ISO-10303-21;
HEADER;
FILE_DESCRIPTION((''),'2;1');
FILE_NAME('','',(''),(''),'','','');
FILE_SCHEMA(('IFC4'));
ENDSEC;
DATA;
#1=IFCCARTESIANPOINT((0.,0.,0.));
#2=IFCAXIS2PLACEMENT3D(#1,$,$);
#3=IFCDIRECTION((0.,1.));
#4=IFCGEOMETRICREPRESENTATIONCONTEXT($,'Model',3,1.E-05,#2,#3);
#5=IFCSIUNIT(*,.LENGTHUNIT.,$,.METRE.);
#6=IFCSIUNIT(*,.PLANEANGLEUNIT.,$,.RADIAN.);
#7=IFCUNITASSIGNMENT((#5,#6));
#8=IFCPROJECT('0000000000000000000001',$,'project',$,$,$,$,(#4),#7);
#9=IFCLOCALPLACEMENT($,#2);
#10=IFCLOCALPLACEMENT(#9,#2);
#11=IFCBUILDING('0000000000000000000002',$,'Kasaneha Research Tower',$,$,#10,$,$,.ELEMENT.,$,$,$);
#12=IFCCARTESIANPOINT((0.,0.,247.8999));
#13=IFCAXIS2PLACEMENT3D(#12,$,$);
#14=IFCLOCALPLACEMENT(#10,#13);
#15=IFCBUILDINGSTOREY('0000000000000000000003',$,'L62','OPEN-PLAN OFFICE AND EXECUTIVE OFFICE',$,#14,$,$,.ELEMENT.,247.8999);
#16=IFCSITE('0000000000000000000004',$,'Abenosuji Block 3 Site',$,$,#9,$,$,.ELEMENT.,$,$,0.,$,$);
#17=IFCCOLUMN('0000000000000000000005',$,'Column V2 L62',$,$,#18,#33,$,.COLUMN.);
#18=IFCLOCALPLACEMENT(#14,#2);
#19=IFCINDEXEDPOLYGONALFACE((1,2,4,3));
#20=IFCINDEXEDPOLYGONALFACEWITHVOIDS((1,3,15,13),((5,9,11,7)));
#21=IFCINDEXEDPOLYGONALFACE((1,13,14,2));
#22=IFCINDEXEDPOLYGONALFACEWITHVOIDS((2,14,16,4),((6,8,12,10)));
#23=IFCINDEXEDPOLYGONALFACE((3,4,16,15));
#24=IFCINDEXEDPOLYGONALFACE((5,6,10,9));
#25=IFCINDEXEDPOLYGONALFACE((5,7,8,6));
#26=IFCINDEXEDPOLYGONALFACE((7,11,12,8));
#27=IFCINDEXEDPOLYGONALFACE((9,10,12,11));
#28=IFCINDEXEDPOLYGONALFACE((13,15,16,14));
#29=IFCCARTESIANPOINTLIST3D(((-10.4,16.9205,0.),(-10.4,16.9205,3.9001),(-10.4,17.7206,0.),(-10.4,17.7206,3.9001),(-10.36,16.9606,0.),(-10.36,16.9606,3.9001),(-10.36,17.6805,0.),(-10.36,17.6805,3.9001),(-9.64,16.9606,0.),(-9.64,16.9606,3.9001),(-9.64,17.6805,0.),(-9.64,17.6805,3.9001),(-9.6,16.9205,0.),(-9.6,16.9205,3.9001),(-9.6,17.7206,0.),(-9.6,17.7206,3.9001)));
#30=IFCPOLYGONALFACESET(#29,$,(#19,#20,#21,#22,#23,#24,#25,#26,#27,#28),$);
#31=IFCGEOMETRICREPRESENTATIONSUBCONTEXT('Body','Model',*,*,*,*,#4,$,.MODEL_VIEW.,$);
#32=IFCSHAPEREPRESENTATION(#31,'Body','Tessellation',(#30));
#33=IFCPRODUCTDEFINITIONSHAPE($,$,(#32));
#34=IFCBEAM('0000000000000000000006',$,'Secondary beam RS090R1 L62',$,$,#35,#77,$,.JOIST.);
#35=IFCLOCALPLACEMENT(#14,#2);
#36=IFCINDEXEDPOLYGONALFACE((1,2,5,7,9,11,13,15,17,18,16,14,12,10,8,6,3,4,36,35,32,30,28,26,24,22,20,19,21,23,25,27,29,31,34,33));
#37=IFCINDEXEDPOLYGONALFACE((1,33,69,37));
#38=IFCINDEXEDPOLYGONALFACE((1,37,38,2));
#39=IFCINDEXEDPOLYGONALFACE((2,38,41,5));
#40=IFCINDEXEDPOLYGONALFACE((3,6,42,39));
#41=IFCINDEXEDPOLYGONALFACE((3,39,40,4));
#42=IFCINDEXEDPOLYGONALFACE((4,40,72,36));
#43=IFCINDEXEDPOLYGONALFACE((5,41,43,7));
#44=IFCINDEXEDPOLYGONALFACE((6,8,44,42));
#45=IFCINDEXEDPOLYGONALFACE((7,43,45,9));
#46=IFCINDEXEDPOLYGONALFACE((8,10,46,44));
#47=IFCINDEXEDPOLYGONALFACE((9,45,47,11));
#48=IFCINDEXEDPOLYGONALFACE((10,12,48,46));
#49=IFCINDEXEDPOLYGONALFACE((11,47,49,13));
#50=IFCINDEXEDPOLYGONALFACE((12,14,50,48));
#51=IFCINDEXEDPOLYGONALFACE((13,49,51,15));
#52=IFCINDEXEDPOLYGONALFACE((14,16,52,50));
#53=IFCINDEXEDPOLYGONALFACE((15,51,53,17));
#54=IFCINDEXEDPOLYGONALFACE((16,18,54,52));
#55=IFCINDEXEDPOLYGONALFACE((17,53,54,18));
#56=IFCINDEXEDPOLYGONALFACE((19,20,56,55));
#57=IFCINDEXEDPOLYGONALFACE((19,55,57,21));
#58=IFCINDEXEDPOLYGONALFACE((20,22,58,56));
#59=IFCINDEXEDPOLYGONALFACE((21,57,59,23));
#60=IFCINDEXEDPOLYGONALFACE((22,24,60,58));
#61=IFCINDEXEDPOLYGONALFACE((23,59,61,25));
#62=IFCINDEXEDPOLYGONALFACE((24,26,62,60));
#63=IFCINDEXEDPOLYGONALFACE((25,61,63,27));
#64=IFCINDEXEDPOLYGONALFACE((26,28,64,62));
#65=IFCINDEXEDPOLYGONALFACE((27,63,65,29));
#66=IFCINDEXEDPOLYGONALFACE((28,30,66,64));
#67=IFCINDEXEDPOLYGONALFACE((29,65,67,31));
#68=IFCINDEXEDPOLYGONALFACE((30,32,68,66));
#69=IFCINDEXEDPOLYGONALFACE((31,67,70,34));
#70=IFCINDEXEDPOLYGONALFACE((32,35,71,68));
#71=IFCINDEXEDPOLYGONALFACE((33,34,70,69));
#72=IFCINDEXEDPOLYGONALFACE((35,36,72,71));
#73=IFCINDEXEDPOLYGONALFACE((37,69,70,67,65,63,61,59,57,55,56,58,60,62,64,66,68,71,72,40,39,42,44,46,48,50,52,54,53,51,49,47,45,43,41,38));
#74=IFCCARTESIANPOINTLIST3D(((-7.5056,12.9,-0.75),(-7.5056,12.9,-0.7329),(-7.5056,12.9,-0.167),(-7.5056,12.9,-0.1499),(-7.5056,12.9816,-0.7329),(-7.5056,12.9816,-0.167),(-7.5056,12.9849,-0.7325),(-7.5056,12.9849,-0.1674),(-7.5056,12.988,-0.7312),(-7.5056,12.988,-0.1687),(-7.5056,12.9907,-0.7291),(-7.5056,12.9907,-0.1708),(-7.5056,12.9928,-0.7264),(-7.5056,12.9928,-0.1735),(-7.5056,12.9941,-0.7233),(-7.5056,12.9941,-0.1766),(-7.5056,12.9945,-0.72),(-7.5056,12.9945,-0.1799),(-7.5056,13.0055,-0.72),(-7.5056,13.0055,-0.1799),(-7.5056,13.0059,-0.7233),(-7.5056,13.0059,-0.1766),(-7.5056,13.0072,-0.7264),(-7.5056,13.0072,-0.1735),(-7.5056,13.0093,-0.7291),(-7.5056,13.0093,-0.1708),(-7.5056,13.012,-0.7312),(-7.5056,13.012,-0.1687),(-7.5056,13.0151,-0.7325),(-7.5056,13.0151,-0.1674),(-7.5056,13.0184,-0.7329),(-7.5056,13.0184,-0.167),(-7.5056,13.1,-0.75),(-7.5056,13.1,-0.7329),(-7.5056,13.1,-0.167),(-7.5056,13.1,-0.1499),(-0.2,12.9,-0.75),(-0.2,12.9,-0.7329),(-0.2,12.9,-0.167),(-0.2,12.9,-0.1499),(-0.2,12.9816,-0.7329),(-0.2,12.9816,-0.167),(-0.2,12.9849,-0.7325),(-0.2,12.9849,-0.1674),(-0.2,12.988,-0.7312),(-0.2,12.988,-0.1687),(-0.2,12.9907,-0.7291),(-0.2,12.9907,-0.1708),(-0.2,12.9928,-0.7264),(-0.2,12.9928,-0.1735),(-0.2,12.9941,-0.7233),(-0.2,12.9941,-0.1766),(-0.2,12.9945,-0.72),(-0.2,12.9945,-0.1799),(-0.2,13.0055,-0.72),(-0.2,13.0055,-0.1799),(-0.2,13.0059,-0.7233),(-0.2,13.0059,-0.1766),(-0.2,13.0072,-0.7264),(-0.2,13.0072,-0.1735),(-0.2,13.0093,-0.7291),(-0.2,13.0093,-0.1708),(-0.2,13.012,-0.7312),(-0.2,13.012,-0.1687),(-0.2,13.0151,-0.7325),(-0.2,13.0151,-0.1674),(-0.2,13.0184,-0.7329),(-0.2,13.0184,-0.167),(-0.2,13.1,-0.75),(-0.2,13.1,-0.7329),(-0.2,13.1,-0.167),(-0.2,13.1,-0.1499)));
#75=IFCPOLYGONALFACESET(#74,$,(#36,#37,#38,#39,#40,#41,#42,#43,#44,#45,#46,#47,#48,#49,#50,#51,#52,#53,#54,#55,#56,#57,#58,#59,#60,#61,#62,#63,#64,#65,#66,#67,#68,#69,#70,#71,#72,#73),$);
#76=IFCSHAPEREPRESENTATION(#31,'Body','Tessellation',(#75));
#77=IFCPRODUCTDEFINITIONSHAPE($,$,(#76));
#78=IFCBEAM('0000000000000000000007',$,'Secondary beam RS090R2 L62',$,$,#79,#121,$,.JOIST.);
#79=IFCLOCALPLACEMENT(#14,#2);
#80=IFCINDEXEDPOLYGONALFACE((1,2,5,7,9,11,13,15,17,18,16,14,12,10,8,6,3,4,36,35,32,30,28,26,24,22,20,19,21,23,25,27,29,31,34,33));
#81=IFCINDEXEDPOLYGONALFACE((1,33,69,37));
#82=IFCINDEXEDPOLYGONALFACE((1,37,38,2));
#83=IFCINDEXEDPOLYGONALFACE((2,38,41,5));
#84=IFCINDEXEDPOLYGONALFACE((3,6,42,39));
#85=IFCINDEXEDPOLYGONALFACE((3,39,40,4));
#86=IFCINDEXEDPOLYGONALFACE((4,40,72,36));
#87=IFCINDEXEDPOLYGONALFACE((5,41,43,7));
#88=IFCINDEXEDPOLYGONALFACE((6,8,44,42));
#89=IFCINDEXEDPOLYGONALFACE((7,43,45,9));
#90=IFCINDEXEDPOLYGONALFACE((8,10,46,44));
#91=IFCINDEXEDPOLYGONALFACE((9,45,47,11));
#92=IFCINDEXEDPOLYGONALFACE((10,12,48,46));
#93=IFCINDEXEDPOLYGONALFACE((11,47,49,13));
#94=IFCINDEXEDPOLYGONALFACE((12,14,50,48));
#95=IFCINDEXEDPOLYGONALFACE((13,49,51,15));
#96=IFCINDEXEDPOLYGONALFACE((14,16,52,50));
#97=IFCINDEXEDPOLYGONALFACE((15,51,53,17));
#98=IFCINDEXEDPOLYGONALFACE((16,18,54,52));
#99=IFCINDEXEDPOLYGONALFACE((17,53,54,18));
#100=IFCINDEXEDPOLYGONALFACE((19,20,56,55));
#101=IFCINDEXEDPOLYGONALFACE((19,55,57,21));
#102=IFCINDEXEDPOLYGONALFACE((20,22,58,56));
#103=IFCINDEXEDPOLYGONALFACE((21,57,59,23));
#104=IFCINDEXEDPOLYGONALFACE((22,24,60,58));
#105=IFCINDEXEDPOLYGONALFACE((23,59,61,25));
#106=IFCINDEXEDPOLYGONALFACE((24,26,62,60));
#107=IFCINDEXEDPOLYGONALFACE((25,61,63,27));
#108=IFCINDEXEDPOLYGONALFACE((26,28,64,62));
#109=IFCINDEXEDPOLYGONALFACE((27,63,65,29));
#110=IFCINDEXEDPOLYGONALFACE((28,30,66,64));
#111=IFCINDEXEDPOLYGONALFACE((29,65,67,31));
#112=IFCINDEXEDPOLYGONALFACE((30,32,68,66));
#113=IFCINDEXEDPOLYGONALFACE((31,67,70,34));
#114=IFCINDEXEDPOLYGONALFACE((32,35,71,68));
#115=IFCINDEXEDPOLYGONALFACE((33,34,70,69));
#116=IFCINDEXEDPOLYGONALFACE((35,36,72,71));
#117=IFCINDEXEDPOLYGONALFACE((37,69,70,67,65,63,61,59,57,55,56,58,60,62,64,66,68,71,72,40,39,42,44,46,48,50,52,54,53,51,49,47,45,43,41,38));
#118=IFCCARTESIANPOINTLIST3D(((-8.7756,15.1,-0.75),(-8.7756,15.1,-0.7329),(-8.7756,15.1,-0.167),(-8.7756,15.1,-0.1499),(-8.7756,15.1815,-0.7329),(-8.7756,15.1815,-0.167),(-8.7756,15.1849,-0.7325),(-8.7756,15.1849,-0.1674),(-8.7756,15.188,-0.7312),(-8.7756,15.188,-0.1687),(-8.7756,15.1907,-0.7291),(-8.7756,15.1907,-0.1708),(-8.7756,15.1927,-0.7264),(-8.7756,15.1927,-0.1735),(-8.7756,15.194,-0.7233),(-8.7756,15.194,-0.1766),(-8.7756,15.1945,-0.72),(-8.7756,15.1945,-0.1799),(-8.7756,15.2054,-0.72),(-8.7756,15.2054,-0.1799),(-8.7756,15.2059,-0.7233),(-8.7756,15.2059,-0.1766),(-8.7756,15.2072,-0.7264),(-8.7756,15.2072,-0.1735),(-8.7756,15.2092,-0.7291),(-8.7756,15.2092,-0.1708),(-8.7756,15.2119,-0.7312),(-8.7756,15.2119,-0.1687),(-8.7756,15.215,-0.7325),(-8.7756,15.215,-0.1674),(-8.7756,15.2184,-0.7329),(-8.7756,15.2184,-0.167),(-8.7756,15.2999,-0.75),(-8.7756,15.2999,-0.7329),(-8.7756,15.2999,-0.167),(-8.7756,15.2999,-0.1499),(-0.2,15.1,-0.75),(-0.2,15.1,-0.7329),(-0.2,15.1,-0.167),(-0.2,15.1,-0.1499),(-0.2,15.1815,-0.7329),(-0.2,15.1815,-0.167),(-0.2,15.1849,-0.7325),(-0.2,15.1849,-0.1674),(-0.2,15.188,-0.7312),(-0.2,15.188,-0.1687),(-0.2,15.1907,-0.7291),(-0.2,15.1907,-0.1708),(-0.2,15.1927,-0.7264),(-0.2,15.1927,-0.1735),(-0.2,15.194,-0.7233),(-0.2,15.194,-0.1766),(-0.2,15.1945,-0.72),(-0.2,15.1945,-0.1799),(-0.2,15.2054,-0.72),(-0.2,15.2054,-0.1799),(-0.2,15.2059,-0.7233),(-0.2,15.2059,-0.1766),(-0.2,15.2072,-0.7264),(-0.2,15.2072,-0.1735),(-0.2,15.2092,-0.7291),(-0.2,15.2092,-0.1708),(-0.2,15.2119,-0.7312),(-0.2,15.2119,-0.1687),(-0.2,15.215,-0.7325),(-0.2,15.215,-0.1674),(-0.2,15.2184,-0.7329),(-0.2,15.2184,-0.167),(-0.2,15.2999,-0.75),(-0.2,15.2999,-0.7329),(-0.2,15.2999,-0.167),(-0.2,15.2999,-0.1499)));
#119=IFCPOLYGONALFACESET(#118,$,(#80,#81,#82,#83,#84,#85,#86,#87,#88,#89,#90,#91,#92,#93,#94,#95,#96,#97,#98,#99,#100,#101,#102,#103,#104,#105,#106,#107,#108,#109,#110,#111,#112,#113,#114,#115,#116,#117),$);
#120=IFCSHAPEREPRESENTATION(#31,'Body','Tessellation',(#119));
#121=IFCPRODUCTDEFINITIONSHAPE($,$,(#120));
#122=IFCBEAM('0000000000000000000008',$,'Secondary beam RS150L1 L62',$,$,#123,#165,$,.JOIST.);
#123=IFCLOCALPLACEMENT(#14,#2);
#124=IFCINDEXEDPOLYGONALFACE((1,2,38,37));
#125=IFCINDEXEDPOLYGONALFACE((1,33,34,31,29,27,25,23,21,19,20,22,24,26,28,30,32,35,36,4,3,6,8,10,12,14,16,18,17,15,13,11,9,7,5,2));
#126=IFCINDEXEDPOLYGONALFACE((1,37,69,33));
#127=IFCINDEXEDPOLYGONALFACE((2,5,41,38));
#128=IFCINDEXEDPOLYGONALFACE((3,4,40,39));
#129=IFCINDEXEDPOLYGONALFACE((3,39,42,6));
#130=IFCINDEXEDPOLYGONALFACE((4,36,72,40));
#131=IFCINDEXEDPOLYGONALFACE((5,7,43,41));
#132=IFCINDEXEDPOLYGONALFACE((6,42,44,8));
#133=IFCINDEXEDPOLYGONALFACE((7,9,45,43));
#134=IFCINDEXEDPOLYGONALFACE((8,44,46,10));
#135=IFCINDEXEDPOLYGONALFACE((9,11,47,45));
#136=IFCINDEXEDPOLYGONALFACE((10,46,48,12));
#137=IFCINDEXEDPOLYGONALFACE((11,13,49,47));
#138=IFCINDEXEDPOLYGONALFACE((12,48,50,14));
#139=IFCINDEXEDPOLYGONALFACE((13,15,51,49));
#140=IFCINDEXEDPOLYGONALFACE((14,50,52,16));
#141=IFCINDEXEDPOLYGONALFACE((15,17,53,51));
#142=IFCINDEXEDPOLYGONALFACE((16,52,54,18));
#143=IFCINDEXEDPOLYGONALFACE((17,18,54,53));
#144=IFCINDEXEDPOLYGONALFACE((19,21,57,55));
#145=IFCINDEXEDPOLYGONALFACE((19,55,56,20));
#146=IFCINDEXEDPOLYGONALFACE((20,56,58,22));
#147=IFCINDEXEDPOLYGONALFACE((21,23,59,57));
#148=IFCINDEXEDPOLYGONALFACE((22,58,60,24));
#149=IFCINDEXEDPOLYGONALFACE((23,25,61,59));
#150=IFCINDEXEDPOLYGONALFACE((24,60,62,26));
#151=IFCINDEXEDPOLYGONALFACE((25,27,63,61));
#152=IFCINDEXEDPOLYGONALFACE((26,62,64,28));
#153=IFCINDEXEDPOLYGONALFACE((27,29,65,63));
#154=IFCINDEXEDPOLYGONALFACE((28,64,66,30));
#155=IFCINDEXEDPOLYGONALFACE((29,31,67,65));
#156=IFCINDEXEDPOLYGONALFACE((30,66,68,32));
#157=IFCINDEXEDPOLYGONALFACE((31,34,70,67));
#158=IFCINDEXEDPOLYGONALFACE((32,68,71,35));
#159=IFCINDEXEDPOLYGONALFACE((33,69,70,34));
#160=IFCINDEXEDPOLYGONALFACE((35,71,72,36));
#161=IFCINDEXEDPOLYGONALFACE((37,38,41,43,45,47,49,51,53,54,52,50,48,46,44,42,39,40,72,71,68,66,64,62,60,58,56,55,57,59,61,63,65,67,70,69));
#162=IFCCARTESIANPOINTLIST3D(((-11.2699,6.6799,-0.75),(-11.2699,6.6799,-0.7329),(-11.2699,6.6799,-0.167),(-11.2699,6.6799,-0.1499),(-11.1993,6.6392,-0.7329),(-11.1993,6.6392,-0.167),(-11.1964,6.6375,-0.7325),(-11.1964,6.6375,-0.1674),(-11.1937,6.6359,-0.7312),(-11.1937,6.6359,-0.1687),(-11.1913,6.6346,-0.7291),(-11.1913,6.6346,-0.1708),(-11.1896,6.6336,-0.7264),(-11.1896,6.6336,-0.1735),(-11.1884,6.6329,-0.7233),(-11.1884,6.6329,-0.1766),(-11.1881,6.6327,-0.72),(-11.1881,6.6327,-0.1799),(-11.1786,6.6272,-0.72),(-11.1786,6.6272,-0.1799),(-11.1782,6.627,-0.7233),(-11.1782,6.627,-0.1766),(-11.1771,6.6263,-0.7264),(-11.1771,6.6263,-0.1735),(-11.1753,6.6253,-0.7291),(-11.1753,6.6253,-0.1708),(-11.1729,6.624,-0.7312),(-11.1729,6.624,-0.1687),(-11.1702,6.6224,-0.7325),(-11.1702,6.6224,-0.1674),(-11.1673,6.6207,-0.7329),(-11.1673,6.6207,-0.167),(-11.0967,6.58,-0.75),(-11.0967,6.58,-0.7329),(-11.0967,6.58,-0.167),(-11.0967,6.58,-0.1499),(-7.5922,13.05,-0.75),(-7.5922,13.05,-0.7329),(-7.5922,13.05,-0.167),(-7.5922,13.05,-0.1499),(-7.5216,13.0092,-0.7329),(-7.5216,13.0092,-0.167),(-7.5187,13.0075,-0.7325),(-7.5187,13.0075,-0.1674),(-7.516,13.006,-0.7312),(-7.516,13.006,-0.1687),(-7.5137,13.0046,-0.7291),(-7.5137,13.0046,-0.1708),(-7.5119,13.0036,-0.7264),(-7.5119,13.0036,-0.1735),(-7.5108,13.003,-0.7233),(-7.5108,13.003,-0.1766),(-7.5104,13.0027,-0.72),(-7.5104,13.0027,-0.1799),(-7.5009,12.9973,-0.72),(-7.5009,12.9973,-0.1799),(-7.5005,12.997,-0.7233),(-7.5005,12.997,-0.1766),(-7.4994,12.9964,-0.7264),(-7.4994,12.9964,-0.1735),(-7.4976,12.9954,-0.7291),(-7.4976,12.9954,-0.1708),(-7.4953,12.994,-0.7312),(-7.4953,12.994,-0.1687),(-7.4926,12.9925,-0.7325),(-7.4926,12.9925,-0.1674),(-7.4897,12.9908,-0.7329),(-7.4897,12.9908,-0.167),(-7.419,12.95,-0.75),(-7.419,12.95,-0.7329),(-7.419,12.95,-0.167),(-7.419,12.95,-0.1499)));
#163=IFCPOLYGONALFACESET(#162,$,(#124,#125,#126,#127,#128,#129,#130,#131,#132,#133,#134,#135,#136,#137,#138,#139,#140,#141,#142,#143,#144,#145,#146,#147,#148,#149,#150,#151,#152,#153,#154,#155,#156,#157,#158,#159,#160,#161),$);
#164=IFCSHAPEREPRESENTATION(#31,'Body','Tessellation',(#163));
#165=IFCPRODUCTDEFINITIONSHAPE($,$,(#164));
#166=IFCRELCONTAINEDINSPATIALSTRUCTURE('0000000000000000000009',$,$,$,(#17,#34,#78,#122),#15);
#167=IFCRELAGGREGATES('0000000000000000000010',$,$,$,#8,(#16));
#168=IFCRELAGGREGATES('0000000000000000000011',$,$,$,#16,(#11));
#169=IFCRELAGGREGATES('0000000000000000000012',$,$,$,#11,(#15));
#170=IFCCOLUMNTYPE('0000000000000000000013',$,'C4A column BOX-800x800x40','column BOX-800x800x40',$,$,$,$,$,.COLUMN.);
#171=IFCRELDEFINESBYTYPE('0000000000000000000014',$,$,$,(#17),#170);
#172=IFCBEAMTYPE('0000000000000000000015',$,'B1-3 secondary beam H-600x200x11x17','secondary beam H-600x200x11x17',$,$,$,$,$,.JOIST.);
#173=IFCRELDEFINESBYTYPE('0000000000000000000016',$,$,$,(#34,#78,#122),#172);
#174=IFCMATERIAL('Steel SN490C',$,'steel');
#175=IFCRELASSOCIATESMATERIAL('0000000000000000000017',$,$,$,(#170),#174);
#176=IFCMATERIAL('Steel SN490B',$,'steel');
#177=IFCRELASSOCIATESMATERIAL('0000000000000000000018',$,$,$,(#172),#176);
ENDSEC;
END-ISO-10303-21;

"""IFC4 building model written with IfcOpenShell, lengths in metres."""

from ifc_helpers import new_model, si_unit, direction, frame, origin, origin_2d, place, context, subcontext, project, spatial, hollow_rectangle, i_section, extrude, material, material_profile, profile_set, type_object, element, save


model = new_model("IFC4")

# Units and contexts
model_context = context("Model", 3, precision=1e-05, world=origin(), true_north=direction((0.0, 1.0)))
body_context = subcontext(model_context, "Body", "Model", "MODEL_VIEW")
ifc_project = project(units=[si_unit("LENGTHUNIT", "METRE"), si_unit("PLANEANGLEUNIT", "RADIAN")], contexts=[model_context])

# Site, building, storey
site_placement = place(None, origin())
site = spatial("IfcSite", under=ifc_project, at=site_placement, Name="Abenosuji Block 3 Site", CompositionType="ELEMENT", RefElevation=0.0)
building_placement = place(site_placement, origin())
building = spatial("IfcBuilding", under=site, at=building_placement, Name="Kasaneha Research Tower", CompositionType="ELEMENT")
storey_placement = place(building_placement, frame((0.0, 0.0, 247.8999)))
storey = spatial("IfcBuildingStorey", under=building, at=storey_placement, Name="L62", Description="OPEN-PLAN OFFICE AND EXECUTIVE OFFICE", CompositionType="ELEMENT", Elevation=247.8999)

# Column
ifc_material_1 = material(Name="Steel SN490C", Category="steel")
ifc_material_profile_1 = material_profile(ifc_material_1, hollow_rectangle(XDim=0.8, YDim=0.8, WallThickness=0.04, at=origin_2d()), Name="BOX-800x800x40")
ifc_profile_set_1 = profile_set([ifc_material_profile_1], Name="Steel SN490C")
column_type = type_object("IfcColumnType", Name="C4A column BOX-800x800x40", Description="column BOX-800x800x40", PredefinedType="COLUMN", material=ifc_profile_set_1)
column_placement = place(storey_placement, frame((-10.0, 17.3206, 0.0), z_axis=(0.0, 0.0, 1.0), x_axis=(1.0, 0.0, 0.0)))
element("IfcColumn", 1, at=column_placement, inside=storey, type_object=column_type, Name="Column V2 L62", PredefinedType="COLUMN", context=body_context, shape_type="SweptSolid", body=[
    extrude(hollow_rectangle(XDim=0.8, YDim=0.8, WallThickness=0.04, at=origin_2d()), origin(), (0.0, 0.0, 1.0), 3.9001),
])

# Beams
ifc_material_2 = material(Name="Steel SN490B", Category="steel")
ifc_material_profile_2 = material_profile(ifc_material_2, i_section(OverallWidth=0.2, OverallDepth=0.6001, WebThickness=0.011, FlangeThickness=0.0171, FilletRadius=0.0129, at=origin_2d()), Name="H-600x200x11x17")
ifc_profile_set_2 = profile_set([ifc_material_profile_2], Name="Steel SN490B")
beam_type_1 = type_object("IfcBeamType", Name="B1-3 secondary beam H-600x200x11x17", Description="secondary beam H-600x200x11x17", PredefinedType="JOIST", material=ifc_profile_set_2)
beam_1_placement = place(storey_placement, frame((-7.5056, 13.0, -0.45), z_axis=(1.0, 0.0, 0.0), x_axis=(0.0, 1.0, 0.0)))
element("IfcBeam", 2, at=beam_1_placement, inside=storey, type_object=beam_type_1, Name="Secondary beam RS090R1 L62", PredefinedType="JOIST", context=body_context, shape_type="SweptSolid", body=[
    extrude(i_section(OverallWidth=0.2, OverallDepth=0.6001, WebThickness=0.011, FlangeThickness=0.0171, FilletRadius=0.0129, at=origin_2d()), origin(), (0.0, 0.0, 1.0), 7.3057),
])
beam_2_placement = place(storey_placement, frame((-8.7756, 15.2, -0.45), z_axis=(1.0, 0.0, 0.0), x_axis=(0.0, 1.0, 0.0)))
element("IfcBeam", 3, at=beam_2_placement, inside=storey, type_object=beam_type_1, Name="Secondary beam RS090R2 L62", PredefinedType="JOIST", context=body_context, shape_type="SweptSolid", body=[
    extrude(i_section(OverallWidth=0.2, OverallDepth=0.6001, WebThickness=0.011, FlangeThickness=0.0171, FilletRadius=0.0129, at=origin_2d()), origin(), (0.0, 0.0, 1.0), 8.5757),
])
beam_3_placement = place(storey_placement, frame((-7.5056, 13.0, -0.45), z_axis=(-0.499994, -0.866029, 0.0), x_axis=(0.866029, -0.499994, 0.0)))
element("IfcBeam", 4, at=beam_3_placement, inside=storey, type_object=beam_type_1, Name="Secondary beam RS150L1 L62", PredefinedType="JOIST", context=body_context, shape_type="SweptSolid", body=[
    extrude(i_section(OverallWidth=0.2, OverallDepth=0.6001, WebThickness=0.011, FlangeThickness=0.0171, FilletRadius=0.0129, at=origin_2d()), origin(), (0.0, 0.0, 1.0), 7.3555),
])

save(model, "model.ifc")
